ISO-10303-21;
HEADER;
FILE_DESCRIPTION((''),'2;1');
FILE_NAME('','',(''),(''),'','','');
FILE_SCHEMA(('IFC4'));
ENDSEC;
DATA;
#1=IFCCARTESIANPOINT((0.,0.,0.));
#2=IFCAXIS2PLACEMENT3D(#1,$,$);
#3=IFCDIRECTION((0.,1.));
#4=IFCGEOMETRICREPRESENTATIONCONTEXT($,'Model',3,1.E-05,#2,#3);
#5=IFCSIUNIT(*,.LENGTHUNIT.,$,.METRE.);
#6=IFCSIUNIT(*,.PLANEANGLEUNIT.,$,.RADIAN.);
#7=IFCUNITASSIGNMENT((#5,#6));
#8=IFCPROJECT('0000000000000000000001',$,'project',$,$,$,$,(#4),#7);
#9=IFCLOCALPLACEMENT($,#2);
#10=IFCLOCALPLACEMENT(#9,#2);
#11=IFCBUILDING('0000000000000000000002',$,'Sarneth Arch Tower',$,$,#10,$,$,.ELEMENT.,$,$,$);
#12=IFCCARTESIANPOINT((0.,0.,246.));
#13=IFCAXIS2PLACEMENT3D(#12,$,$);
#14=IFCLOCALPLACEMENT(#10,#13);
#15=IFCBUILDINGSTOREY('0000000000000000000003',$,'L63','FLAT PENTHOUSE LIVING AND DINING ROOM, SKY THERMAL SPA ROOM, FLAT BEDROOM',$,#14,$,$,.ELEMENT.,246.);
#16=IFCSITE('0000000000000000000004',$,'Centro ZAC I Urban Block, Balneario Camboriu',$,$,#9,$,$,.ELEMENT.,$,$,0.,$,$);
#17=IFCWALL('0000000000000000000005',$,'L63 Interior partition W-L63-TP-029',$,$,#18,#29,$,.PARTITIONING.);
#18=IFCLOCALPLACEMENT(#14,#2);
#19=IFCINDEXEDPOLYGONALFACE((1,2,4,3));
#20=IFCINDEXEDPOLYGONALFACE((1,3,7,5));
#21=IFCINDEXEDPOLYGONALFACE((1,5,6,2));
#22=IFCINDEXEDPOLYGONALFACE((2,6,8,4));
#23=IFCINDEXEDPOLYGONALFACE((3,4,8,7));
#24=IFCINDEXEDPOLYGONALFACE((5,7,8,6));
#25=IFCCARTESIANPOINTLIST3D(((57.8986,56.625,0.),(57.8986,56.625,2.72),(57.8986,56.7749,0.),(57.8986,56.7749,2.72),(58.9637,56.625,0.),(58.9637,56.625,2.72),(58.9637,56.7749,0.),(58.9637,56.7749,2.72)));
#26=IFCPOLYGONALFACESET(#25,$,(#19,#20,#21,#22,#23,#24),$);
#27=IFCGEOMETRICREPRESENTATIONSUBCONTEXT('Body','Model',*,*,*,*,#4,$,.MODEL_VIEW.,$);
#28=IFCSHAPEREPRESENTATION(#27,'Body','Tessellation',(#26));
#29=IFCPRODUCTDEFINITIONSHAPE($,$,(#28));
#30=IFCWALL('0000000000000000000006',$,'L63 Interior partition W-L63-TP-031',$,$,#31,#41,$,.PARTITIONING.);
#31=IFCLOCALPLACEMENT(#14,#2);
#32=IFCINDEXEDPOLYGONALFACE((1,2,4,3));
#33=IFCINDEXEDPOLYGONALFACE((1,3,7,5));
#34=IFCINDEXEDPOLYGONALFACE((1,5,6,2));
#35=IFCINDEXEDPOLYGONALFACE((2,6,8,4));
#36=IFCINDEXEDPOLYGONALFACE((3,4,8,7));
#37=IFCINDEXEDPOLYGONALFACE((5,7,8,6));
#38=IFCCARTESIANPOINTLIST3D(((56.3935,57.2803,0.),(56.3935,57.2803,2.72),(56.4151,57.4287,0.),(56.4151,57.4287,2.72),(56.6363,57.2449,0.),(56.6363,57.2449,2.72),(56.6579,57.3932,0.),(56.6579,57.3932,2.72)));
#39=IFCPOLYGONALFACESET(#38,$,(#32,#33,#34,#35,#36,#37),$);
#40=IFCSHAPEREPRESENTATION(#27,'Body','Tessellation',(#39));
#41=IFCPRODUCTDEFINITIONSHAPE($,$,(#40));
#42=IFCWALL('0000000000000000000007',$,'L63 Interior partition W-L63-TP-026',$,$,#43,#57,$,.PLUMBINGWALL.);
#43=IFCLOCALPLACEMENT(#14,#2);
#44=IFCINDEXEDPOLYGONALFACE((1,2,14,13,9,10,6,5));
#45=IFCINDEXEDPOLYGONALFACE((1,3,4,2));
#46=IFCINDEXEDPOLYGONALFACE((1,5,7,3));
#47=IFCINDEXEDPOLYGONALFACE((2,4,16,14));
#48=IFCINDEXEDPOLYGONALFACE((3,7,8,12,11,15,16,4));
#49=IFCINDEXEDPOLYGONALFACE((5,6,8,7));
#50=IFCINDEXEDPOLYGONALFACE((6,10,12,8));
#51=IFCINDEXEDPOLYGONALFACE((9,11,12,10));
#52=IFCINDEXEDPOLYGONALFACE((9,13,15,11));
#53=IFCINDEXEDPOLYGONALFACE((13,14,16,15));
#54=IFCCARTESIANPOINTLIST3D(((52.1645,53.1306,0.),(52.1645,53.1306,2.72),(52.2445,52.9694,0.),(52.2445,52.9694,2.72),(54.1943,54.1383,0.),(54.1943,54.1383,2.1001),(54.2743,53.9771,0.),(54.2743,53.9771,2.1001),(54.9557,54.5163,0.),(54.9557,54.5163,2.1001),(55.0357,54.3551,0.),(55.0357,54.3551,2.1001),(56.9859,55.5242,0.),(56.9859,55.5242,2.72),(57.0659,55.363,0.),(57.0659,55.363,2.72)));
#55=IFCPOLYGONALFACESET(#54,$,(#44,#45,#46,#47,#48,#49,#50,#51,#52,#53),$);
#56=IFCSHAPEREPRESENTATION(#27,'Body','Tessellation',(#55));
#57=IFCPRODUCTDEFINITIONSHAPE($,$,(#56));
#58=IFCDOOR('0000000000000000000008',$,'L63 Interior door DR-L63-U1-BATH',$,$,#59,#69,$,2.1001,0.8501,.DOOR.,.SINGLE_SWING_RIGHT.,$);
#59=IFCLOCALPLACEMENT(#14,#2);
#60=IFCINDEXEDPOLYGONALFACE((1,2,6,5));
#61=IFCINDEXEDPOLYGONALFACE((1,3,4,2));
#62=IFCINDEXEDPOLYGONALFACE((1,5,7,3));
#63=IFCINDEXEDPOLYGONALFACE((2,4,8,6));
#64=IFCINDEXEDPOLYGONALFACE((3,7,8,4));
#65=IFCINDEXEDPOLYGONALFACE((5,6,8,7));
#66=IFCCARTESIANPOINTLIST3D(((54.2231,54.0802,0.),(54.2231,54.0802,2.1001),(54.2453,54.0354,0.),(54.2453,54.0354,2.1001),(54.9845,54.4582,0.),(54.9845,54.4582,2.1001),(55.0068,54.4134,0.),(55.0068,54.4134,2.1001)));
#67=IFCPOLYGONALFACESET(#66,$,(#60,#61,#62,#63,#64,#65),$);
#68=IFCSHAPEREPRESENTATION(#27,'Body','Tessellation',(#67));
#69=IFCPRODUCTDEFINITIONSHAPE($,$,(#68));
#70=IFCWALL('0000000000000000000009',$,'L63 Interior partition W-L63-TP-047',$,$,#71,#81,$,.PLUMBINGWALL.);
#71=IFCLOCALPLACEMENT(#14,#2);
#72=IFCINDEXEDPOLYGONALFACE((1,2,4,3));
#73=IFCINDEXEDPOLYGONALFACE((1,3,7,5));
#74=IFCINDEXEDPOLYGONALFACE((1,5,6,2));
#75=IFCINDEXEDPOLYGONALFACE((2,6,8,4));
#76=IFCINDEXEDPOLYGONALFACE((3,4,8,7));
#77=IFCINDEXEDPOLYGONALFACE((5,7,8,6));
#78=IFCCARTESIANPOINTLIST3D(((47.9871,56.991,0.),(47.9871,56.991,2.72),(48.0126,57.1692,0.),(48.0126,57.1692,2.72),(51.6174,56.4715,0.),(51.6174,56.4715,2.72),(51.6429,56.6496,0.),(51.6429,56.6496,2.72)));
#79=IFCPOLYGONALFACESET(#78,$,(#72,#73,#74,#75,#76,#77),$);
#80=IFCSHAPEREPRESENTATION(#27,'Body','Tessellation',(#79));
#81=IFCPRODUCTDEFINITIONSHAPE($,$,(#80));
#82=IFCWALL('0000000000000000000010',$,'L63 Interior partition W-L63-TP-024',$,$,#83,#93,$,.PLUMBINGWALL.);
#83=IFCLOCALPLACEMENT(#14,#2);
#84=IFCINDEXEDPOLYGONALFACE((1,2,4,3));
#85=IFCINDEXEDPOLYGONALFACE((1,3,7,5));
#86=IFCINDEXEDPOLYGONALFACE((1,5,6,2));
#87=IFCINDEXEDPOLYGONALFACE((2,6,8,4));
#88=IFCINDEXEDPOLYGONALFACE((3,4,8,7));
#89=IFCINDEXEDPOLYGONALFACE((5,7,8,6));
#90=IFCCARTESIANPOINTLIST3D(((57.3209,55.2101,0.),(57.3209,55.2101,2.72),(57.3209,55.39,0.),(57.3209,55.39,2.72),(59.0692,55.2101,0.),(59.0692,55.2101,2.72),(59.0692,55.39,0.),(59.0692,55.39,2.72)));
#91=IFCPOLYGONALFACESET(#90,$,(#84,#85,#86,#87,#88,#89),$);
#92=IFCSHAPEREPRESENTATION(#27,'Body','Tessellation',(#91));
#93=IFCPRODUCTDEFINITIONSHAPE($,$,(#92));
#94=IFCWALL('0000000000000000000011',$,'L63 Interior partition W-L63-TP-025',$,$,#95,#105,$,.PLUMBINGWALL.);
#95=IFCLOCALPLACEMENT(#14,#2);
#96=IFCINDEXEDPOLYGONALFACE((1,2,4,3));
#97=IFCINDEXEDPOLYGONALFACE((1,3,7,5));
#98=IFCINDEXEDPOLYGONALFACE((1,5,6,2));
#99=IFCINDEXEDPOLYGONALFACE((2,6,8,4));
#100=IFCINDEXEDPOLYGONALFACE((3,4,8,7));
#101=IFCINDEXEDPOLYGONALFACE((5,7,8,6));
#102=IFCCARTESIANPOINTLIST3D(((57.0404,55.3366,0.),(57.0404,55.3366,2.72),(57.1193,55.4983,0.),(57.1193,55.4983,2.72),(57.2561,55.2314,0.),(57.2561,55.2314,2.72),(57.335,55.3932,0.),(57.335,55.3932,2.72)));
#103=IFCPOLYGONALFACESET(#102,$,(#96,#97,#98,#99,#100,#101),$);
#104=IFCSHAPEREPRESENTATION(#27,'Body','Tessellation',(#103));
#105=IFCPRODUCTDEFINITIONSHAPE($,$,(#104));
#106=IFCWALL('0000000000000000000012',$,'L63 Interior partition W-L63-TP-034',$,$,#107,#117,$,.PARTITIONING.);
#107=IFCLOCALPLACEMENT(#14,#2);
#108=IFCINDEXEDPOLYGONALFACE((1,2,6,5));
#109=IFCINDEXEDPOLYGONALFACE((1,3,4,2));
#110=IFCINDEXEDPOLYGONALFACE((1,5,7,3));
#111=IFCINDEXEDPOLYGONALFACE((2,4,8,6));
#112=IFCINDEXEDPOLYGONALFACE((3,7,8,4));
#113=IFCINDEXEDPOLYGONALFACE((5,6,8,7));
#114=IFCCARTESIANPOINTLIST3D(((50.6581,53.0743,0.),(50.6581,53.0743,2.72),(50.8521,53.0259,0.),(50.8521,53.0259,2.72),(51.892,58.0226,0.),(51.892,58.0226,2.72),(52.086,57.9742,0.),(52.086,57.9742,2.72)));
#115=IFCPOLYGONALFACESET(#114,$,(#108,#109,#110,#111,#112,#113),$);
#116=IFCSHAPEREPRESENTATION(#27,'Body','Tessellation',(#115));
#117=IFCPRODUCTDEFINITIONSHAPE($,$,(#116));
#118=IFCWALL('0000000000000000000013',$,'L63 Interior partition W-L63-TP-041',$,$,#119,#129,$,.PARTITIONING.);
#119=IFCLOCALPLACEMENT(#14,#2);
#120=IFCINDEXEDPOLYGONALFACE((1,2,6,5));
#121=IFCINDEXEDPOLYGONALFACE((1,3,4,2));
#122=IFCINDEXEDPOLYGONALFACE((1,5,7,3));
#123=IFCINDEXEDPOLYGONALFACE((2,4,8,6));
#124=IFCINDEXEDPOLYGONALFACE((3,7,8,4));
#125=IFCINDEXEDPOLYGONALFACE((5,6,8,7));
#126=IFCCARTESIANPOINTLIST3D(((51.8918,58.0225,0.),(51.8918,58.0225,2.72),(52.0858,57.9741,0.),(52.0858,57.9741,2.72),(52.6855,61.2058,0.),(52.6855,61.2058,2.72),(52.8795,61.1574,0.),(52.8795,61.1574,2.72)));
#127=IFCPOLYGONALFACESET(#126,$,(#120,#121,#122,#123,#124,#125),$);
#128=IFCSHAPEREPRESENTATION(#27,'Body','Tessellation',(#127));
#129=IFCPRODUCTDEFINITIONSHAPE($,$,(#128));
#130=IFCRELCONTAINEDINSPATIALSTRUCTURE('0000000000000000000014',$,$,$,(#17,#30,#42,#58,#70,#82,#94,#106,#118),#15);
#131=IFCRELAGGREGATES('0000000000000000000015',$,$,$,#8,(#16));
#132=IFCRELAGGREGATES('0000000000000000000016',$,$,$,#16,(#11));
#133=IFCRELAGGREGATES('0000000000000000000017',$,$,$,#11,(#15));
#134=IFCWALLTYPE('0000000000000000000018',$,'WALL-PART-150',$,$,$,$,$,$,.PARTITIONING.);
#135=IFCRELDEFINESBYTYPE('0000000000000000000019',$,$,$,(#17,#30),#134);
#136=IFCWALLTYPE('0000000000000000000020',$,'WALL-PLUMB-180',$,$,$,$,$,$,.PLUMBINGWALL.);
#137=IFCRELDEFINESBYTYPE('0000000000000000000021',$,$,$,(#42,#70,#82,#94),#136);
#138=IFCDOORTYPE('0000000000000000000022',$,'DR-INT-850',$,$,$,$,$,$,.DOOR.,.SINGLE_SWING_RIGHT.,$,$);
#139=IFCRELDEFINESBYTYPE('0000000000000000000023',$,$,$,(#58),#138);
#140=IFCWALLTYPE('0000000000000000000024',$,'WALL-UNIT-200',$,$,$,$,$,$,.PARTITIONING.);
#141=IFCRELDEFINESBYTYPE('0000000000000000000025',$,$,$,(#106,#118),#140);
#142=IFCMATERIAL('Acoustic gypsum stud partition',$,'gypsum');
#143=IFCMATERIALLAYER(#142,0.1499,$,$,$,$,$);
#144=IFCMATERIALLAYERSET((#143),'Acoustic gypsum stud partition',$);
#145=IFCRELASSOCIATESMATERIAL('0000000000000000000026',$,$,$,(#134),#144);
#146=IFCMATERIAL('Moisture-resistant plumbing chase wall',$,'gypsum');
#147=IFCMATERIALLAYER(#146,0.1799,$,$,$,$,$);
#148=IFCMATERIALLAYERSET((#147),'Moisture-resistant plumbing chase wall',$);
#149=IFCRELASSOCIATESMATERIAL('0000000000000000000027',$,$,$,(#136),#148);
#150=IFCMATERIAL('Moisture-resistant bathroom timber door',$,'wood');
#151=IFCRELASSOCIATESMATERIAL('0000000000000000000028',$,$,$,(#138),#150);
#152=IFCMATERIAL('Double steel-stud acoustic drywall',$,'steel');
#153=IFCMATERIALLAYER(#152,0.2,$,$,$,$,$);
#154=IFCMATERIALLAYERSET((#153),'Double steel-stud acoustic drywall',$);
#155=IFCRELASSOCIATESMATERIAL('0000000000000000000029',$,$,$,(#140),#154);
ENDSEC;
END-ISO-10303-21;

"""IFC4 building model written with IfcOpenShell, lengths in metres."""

from ifc_helpers import new_model, si_unit, direction, frame, frame_2d, origin, place, context, subcontext, project, spatial, rectangle, extrude, material, layer, layer_set, type_object, element, fill, save


model = new_model("IFC4")

# Units and contexts
model_context = context("Model", 3, precision=1e-05, world=origin(), true_north=direction((0.0, 1.0)))
body_context = subcontext(model_context, "Body", "Model", "MODEL_VIEW")
ifc_project = project(units=[si_unit("LENGTHUNIT", "METRE"), si_unit("PLANEANGLEUNIT", "RADIAN")], contexts=[model_context])

# Site, building, storey
site_placement = place(None, origin())
site = spatial("IfcSite", under=ifc_project, at=site_placement, Name="Centro ZAC I Urban Block, Balneario Camboriu", CompositionType="ELEMENT", RefElevation=0.0)
building_placement = place(site_placement, origin())
building = spatial("IfcBuilding", under=site, at=building_placement, Name="Sarneth Arch Tower", CompositionType="ELEMENT")
storey_placement = place(building_placement, frame((0.0, 0.0, 246.0)))
storey = spatial("IfcBuildingStorey", under=building, at=storey_placement, Name="L63", Description="FLAT PENTHOUSE LIVING AND DINING ROOM, SKY THERMAL SPA ROOM, FLAT BEDROOM", CompositionType="ELEMENT", Elevation=246.0)

# Shared definitions
ifc_material_1 = material(Name="Acoustic gypsum stud partition", Category="gypsum")
ifc_layer_1 = layer(ifc_material_1, 0.1499)
ifc_layer_set_1 = layer_set([ifc_layer_1], Name="Acoustic gypsum stud partition")
wall_type_1 = type_object("IfcWallType", Name="WALL-PART-150", PredefinedType="PARTITIONING", material=ifc_layer_set_1)

# Walls
wall_1_placement = place(storey_placement, frame((58.9639, 56.7, 0.0), z_axis=(0.0, 0.0, 1.0), x_axis=(-1.0, 0.0, 0.0)))
element("IfcWall", 1, at=wall_1_placement, inside=storey, type_object=wall_type_1, Name="L63 Interior partition W-L63-TP-029", PredefinedType="PARTITIONING", context=body_context, shape_type="SweptSolid", body=[
    extrude(rectangle(XDim=1.0652, YDim=0.1499, at=frame_2d((0.5327, 0.0))), origin(), (0.0, 0.0, 1.0), 2.72),
])
wall_2_placement = place(storey_placement, frame((56.647, 57.3191, 0.0), z_axis=(0.0, 0.0, 1.0), x_axis=(-0.989527, 0.144348, 0.0)))
element("IfcWall", 2, at=wall_2_placement, inside=storey, type_object=wall_type_1, Name="L63 Interior partition W-L63-TP-031", PredefinedType="PARTITIONING", context=body_context, shape_type="SweptSolid", body=[
    extrude(rectangle(XDim=0.2454, YDim=0.1499, at=frame_2d((0.1226, 0.0))), origin(), (0.0, 0.0, 1.0), 2.72),
])

# Wall, opening, door
ifc_material_2 = material(Name="Moisture-resistant plumbing chase wall", Category="gypsum")
ifc_layer_2 = layer(ifc_material_2, 0.1799)
ifc_layer_set_2 = layer_set([ifc_layer_2], Name="Moisture-resistant plumbing chase wall")
wall_type_2 = type_object("IfcWallType", Name="WALL-PLUMB-180", PredefinedType="PLUMBINGWALL", material=ifc_layer_set_2)
wall_3_placement = place(storey_placement, frame((57.0259, 55.4436, 0.0), z_axis=(0.0, 0.0, 1.0), x_axis=(-0.895694, -0.444672, 0.0)))
wall_3 = element("IfcWall", 3, at=wall_3_placement, inside=storey, type_object=wall_type_2, Name="L63 Interior partition W-L63-TP-026", PredefinedType="PLUMBINGWALL", context=body_context, shape_type="SweptSolid", body=[
    extrude(rectangle(XDim=5.3828, YDim=0.1799, at=frame_2d((2.6914, 0.0))), origin(), (0.0, 0.0, 1.0), 2.72),
])
opening_1_placement = place(wall_3_placement, frame((2.2666, 0.0, 0.0)))
opening_1 = element("IfcOpeningElement", 4, at=opening_1_placement, cuts=wall_3, PredefinedType="OPENING", context=body_context, shape_type="SweptSolid", body=[
    extrude(rectangle(XDim=0.8501, YDim=2.1001, at=frame_2d((0.425, 1.05))), frame((0.0, 0.0999, 0.0), z_axis=(0.0, -1.0, 0.0), x_axis=(1.0, 0.0, 0.0)), (0.0, 0.0, 1.0), 0.2),
])
ifc_material_3 = material(Name="Moisture-resistant bathroom timber door", Category="wood")
door_type_1 = type_object("IfcDoorType", Name="DR-INT-850", OperationType="SINGLE_SWING_RIGHT", PredefinedType="DOOR", material=ifc_material_3)
door_1_placement = place(opening_1_placement, origin())
door_1 = element("IfcDoor", 5, at=door_1_placement, inside=storey, type_object=door_type_1, Name="L63 Interior door DR-L63-U1-BATH", OperationType="SINGLE_SWING_RIGHT", OverallHeight=2.1001, OverallWidth=0.8501, PredefinedType="DOOR", context=body_context, shape_type="SweptSolid", body=[
    extrude(rectangle(XDim=0.8501, YDim=2.1001, at=frame_2d((0.425, 1.05))), frame((0.0, 0.0249, 0.0), z_axis=(0.0, -1.0, 0.0), x_axis=(1.0, 0.0, 0.0)), (0.0, 0.0, 1.0), 0.05),
])
fill(opening_1, door_1)

# Walls
wall_4_placement = place(storey_placement, frame((48.0, 57.0801, 0.0), z_axis=(0.0, 0.0, 1.0), x_axis=(0.989915, -0.141664, 0.0)))
element("IfcWall", 6, at=wall_4_placement, inside=storey, type_object=wall_type_2, Name="L63 Interior partition W-L63-TP-047", PredefinedType="PLUMBINGWALL", context=body_context, shape_type="SweptSolid", body=[
    extrude(rectangle(XDim=3.6672, YDim=0.1799, at=frame_2d((1.8335, 0.0))), origin(), (0.0, 0.0, 1.0), 2.72),
])
wall_5_placement = place(storey_placement, frame((59.0691, 55.3, 0.0), z_axis=(0.0, 0.0, 1.0), x_axis=(-1.0, 0.0, 0.0)))
element("IfcWall", 7, at=wall_5_placement, inside=storey, type_object=wall_type_2, Name="L63 Interior partition W-L63-TP-024", PredefinedType="PLUMBINGWALL", context=body_context, shape_type="SweptSolid", body=[
    extrude(rectangle(XDim=1.7483, YDim=0.1799, at=frame_2d((0.874, 0.0))), origin(), (0.0, 0.0, 1.0), 2.72),
])
wall_6_placement = place(storey_placement, frame((57.2957, 55.3123, 0.0), z_axis=(0.0, 0.0, 1.0), x_axis=(-0.898856, 0.438243, 0.0)))
element("IfcWall", 8, at=wall_6_placement, inside=storey, type_object=wall_type_2, Name="L63 Interior partition W-L63-TP-025", PredefinedType="PLUMBINGWALL", context=body_context, shape_type="SweptSolid", body=[
    extrude(rectangle(XDim=0.24, YDim=0.1799, at=frame_2d((0.1201, 0.0))), origin(), (0.0, 0.0, 1.0), 2.72),
])
ifc_material_4 = material(Name="Double steel-stud acoustic drywall", Category="steel")
ifc_layer_3 = layer(ifc_material_4, 0.2)
ifc_layer_set_3 = layer_set([ifc_layer_3], Name="Double steel-stud acoustic drywall")
wall_type_3 = type_object("IfcWallType", Name="WALL-UNIT-200", PredefinedType="PARTITIONING", material=ifc_layer_set_3)
wall_7_placement = place(storey_placement, frame((51.989, 57.9983, 0.0), z_axis=(0.0, 0.0, 1.0), x_axis=(-0.24195, -0.970289, 0.0)))
element("IfcWall", 9, at=wall_7_placement, inside=storey, type_object=wall_type_3, Name="L63 Interior partition W-L63-TP-034", PredefinedType="PARTITIONING", context=body_context, shape_type="SweptSolid", body=[
    extrude(rectangle(XDim=5.0999, YDim=0.2, at=frame_2d((2.5498, 0.0))), origin(), (0.0, 0.0, 1.0), 2.72),
])
wall_8_placement = place(storey_placement, frame((51.9888, 57.9983, 0.0), z_axis=(0.0, 0.0, 1.0), x_axis=(0.241923, 0.970296, 0.0)))
element("IfcWall", 10, at=wall_8_placement, inside=storey, type_object=wall_type_3, Name="L63 Interior partition W-L63-TP-041", PredefinedType="PARTITIONING", context=body_context, shape_type="SweptSolid", body=[
    extrude(rectangle(XDim=3.2808, YDim=0.2, at=frame_2d((1.6404, 0.0))), origin(), (0.0, 0.0, 1.0), 2.72),
])

save(model, "model.ifc")
